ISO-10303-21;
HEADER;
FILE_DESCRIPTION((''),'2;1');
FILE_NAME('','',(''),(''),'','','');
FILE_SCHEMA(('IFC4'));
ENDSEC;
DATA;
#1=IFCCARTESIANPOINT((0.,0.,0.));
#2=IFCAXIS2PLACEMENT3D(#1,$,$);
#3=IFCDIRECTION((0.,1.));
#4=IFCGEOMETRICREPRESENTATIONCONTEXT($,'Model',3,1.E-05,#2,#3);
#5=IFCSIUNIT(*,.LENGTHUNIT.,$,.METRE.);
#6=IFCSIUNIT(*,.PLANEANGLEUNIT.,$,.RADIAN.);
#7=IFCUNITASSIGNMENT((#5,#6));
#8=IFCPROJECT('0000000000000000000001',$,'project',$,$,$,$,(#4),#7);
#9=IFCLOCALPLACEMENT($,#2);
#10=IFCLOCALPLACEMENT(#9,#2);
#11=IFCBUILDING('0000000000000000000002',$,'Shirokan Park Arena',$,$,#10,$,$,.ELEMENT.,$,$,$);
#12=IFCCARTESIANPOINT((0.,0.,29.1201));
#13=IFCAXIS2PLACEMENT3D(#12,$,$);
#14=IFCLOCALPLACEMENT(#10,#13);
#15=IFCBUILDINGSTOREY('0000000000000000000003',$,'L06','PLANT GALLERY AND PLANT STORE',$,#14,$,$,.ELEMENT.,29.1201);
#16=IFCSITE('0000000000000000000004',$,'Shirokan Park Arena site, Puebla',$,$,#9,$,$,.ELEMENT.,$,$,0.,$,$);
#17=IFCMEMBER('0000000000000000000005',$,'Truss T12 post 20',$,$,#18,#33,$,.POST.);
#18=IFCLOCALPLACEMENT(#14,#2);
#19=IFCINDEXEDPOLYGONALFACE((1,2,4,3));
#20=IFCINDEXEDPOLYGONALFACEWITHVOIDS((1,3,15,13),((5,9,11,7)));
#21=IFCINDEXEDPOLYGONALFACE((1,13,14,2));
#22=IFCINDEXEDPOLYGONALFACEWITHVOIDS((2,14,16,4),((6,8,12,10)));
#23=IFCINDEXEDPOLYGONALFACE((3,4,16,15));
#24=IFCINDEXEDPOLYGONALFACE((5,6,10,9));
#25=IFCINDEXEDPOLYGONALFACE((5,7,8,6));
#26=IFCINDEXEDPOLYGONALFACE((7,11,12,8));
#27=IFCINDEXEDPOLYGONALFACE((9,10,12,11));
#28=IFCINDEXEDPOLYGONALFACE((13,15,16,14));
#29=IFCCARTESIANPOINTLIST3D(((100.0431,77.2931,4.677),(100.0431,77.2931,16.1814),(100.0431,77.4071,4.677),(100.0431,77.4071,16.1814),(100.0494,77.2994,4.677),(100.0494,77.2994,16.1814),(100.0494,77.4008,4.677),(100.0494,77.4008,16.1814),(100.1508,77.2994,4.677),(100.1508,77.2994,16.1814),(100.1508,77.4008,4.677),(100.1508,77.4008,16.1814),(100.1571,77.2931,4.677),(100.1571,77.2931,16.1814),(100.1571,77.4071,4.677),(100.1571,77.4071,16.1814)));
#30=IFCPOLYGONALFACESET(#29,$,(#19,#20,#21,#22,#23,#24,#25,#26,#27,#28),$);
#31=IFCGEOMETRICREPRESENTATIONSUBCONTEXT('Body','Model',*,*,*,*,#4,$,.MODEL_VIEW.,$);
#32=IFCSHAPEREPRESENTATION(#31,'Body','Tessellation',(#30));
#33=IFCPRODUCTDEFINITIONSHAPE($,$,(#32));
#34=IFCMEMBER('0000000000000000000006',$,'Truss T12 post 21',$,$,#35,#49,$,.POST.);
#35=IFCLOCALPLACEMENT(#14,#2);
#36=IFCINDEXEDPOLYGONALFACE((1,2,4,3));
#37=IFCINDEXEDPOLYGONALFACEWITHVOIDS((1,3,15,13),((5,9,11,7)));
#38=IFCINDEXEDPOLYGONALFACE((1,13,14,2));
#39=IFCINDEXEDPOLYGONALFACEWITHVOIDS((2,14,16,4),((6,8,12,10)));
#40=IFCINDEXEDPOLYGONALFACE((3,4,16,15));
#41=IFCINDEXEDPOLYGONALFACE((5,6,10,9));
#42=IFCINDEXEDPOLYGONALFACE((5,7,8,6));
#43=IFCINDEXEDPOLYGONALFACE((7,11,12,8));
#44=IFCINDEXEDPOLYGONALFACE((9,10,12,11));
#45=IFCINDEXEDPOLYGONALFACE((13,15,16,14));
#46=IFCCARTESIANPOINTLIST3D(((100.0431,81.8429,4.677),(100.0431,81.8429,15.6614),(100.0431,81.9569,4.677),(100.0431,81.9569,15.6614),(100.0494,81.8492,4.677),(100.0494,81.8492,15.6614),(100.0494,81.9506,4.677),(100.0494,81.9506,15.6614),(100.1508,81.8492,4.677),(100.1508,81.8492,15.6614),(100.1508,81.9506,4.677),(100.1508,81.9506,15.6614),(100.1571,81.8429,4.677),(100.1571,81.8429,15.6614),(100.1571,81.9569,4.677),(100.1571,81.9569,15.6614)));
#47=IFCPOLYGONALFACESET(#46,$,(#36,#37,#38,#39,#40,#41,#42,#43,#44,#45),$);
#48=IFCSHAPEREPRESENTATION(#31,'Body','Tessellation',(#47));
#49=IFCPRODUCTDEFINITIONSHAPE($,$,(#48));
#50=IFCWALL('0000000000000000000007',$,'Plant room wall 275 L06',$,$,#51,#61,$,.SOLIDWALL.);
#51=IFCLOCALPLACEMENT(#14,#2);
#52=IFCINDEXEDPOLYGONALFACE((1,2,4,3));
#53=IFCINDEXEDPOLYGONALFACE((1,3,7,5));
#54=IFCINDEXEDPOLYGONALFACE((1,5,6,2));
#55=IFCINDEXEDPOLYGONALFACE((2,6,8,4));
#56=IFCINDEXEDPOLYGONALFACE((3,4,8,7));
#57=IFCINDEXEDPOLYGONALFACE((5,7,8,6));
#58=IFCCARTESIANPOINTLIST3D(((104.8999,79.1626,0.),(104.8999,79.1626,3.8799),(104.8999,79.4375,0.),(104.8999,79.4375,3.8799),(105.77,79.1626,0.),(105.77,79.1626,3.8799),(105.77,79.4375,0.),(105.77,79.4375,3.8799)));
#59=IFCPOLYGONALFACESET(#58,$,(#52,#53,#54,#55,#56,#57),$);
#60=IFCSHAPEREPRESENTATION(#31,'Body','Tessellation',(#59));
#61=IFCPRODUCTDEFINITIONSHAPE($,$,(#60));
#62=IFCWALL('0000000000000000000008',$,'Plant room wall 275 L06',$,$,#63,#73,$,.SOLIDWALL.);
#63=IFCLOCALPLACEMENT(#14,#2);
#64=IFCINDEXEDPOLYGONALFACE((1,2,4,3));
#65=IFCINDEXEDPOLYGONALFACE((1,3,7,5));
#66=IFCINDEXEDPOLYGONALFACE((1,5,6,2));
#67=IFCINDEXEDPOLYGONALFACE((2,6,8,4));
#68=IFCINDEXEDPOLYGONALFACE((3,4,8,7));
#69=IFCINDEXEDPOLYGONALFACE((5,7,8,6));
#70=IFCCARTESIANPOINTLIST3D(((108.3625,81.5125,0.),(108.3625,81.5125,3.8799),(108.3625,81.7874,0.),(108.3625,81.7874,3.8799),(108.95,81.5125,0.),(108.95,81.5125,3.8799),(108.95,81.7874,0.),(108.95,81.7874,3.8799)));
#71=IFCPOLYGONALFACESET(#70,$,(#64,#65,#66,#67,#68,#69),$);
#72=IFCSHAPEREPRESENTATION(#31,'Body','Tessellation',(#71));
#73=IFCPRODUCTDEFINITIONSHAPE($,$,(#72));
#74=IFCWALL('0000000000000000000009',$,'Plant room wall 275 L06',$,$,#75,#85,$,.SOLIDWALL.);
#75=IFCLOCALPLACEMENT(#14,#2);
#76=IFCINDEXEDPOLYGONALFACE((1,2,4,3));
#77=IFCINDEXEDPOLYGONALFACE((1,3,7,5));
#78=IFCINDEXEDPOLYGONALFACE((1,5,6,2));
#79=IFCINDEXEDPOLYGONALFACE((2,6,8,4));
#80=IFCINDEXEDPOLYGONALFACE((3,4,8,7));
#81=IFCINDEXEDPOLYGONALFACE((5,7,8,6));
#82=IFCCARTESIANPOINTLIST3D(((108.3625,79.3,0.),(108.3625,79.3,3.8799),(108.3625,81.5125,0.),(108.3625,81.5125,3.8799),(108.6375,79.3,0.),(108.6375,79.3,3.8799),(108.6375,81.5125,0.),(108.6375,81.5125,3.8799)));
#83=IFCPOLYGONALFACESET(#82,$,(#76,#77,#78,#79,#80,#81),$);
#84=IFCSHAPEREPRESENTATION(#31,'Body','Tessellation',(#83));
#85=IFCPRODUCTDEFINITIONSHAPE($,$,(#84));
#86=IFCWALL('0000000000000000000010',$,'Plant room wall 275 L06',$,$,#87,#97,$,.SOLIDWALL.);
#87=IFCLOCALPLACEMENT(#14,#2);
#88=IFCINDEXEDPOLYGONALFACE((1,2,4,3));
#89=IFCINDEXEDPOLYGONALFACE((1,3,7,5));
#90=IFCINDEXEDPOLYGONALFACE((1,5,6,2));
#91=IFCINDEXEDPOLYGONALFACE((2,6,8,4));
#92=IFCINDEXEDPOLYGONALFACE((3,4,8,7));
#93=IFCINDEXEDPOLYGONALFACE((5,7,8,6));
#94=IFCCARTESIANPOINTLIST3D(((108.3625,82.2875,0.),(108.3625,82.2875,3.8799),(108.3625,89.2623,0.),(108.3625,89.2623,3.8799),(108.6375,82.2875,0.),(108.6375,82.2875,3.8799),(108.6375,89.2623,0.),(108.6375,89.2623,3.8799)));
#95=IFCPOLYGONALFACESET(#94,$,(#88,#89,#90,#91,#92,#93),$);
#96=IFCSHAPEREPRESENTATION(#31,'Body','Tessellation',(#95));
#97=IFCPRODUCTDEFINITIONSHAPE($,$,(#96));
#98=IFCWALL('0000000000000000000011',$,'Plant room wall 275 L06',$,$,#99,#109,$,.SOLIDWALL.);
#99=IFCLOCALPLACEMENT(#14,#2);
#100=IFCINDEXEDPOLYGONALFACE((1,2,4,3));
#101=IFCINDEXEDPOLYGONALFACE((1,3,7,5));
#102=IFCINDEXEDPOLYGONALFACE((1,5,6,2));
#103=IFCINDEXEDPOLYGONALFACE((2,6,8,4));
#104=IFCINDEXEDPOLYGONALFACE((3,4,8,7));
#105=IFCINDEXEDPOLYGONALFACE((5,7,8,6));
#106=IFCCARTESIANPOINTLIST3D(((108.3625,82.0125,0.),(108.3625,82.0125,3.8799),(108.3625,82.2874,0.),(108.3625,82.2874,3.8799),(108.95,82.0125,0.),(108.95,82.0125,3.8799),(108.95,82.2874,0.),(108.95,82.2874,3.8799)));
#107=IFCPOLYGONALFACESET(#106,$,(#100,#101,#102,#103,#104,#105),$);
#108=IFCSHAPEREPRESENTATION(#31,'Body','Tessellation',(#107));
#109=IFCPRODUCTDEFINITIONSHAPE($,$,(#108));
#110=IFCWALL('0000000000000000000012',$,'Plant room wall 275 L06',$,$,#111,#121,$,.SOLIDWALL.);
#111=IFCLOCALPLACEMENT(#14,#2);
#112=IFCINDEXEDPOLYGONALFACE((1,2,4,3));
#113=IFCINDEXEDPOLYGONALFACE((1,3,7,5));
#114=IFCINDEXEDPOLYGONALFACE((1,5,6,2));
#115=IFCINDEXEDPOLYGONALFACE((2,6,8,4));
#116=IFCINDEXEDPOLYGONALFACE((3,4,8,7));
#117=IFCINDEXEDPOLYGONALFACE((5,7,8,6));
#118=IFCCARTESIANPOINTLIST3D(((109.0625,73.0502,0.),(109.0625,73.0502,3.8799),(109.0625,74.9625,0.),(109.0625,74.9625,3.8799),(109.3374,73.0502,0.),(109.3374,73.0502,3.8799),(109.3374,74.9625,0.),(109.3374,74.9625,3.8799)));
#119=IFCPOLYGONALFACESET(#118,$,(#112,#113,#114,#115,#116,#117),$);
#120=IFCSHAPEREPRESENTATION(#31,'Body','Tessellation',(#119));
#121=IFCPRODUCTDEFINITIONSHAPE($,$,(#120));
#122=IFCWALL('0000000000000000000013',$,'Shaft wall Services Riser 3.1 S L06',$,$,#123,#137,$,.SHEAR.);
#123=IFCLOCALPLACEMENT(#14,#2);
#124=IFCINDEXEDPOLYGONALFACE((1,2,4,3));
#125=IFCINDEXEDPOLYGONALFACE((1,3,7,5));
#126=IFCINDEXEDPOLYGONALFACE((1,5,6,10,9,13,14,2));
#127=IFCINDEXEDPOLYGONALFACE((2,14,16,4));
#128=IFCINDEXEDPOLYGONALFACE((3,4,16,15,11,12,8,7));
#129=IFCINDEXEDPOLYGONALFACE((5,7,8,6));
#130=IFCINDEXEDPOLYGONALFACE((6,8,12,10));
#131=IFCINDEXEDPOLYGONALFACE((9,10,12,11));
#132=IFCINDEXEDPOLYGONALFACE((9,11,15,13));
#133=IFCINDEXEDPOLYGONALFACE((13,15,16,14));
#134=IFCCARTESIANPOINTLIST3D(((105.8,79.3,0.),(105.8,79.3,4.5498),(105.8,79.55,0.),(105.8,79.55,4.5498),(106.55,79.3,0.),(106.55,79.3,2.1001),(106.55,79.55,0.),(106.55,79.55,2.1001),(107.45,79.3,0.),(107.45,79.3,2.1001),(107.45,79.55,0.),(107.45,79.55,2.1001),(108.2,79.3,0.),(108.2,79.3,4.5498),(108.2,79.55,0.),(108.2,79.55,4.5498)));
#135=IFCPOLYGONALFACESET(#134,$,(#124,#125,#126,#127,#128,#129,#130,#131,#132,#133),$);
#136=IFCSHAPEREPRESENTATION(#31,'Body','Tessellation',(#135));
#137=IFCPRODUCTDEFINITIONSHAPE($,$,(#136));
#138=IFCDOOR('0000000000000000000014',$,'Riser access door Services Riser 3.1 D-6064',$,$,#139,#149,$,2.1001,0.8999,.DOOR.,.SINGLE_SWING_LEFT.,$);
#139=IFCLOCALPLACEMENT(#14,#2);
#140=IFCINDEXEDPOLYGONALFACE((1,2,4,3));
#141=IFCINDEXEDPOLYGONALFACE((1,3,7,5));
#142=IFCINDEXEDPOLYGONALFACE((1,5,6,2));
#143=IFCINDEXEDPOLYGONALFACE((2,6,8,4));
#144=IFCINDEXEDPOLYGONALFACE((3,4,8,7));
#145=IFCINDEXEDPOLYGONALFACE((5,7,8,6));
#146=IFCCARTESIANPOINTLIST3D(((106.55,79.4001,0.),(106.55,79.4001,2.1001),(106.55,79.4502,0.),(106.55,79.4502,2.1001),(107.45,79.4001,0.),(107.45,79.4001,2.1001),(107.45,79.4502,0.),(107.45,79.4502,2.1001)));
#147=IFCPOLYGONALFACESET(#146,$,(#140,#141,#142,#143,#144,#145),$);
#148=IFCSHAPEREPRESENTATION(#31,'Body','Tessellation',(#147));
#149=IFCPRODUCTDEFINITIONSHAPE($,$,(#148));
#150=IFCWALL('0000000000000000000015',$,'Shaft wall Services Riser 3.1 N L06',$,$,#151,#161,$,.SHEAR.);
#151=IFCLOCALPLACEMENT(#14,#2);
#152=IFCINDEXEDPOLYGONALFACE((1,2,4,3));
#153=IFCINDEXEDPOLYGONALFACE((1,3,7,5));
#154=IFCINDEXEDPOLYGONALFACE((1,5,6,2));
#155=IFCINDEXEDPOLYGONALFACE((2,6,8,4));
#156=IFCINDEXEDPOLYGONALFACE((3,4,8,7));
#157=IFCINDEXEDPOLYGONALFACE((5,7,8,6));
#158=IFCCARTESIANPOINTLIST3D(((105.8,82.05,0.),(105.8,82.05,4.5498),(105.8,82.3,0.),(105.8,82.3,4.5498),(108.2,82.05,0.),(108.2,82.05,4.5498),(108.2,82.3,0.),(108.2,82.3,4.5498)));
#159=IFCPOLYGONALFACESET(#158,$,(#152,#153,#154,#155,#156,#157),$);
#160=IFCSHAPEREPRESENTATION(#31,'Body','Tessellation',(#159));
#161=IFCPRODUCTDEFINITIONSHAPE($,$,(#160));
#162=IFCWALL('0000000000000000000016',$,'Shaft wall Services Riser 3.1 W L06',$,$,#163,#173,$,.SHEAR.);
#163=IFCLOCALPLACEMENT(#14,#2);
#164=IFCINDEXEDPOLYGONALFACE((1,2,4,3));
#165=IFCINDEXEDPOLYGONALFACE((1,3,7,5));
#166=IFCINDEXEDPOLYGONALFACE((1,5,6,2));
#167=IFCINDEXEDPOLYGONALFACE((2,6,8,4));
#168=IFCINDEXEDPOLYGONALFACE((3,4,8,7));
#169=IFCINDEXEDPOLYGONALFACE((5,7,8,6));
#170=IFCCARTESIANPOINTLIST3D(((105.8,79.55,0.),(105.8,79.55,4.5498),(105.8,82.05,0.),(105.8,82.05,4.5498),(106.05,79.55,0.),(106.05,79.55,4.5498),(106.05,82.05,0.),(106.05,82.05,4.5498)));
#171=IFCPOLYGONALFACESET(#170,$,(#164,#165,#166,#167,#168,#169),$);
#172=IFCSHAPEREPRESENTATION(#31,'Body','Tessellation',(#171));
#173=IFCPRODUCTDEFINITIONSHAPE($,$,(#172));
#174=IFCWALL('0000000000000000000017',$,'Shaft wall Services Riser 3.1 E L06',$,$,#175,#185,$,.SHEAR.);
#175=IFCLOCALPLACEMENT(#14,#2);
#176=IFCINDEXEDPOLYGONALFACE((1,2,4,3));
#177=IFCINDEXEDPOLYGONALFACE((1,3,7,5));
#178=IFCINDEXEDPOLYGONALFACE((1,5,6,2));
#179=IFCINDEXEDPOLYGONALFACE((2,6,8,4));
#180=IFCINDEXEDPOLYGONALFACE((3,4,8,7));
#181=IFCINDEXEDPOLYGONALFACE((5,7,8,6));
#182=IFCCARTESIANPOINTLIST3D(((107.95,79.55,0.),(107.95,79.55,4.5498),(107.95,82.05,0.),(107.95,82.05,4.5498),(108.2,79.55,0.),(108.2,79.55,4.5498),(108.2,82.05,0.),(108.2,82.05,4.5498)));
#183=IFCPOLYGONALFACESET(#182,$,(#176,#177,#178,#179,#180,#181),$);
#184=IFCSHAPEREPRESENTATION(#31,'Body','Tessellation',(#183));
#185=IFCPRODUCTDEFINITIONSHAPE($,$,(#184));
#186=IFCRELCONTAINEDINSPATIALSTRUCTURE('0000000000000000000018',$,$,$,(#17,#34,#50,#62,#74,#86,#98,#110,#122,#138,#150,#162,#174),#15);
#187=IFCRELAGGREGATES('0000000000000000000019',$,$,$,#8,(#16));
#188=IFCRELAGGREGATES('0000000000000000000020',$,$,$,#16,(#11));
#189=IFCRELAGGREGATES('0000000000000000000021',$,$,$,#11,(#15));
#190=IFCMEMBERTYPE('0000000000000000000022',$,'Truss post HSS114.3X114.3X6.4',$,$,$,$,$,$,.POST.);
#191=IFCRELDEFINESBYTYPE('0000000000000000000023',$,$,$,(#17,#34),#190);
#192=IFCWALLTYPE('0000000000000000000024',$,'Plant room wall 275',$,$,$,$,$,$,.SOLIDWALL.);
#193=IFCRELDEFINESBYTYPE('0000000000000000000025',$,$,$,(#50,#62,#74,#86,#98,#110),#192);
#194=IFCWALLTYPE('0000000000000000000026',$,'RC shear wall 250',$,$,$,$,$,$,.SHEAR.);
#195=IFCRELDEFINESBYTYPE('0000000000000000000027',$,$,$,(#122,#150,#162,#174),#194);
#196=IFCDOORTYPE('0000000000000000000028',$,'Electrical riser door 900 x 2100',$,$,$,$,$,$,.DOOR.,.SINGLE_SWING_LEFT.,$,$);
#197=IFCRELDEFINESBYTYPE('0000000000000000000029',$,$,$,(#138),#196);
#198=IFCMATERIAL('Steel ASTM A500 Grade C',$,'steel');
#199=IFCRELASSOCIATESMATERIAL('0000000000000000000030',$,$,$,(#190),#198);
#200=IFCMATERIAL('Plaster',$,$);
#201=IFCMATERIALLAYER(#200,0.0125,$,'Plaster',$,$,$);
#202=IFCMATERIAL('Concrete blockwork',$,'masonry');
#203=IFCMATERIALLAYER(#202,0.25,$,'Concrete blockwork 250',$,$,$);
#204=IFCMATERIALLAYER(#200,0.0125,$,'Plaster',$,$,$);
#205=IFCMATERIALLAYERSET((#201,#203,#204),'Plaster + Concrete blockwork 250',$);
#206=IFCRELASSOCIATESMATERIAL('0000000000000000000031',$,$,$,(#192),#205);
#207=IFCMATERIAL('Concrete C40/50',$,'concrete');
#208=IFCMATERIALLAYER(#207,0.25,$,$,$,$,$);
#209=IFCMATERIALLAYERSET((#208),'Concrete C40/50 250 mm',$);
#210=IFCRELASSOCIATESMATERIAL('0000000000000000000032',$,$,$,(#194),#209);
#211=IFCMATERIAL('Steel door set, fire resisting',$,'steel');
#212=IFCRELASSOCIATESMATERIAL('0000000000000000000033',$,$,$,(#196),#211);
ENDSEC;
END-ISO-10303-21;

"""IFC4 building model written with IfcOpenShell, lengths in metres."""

from ifc_helpers import new_model, si_unit, direction, frame, frame_2d, origin, origin_2d, place, context, subcontext, project, spatial, rectangle, hollow_rectangle, extrude, material, layer, layer_set, material_profile, profile_set, type_object, element, fill, save


model = new_model("IFC4")

# Units and contexts
model_context = context("Model", 3, precision=1e-05, world=origin(), true_north=direction((0.0, 1.0)))
body_context = subcontext(model_context, "Body", "Model", "MODEL_VIEW")
ifc_project = project(units=[si_unit("LENGTHUNIT", "METRE"), si_unit("PLANEANGLEUNIT", "RADIAN")], contexts=[model_context])

# Site, building, storey
site_placement = place(None, origin())
site = spatial("IfcSite", under=ifc_project, at=site_placement, Name="Shirokan Park Arena site, Puebla", CompositionType="ELEMENT", RefElevation=0.0)
building_placement = place(site_placement, origin())
building = spatial("IfcBuilding", under=site, at=building_placement, Name="Shirokan Park Arena", CompositionType="ELEMENT")
storey_placement = place(building_placement, frame((0.0, 0.0, 29.1201)))
storey = spatial("IfcBuildingStorey", under=building, at=storey_placement, Name="L06", Description="PLANT GALLERY AND PLANT STORE", CompositionType="ELEMENT", Elevation=29.1201)

# Shared definitions
ifc_material_1 = material(Name="Steel ASTM A500 Grade C", Category="steel")

# Members
ifc_material_profile_1 = material_profile(ifc_material_1, hollow_rectangle(XDim=0.114, YDim=0.114, WallThickness=0.0063, at=origin_2d()), Name="HSS114.3X114.3X6.4")
ifc_profile_set_1 = profile_set([ifc_material_profile_1], Name="Steel ASTM A500 Grade C")
member_type_1 = type_object("IfcMemberType", Name="Truss post HSS114.3X114.3X6.4", PredefinedType="POST", material=ifc_profile_set_1)
member_1_placement = place(storey_placement, frame((100.1001, 77.3501, 4.677), z_axis=(0.0, 0.0, 1.0), x_axis=(1.0, 0.0, 0.0)))
element("IfcMember", 1, at=member_1_placement, inside=storey, type_object=member_type_1, Name="Truss T12 post 20", PredefinedType="POST", context=body_context, shape_type="SweptSolid", body=[
    extrude(hollow_rectangle(XDim=0.114, YDim=0.114, WallThickness=0.0063, at=origin_2d()), origin(), (0.0, 0.0, 1.0), 11.5044),
])
member_2_placement = place(storey_placement, frame((100.1001, 81.8999, 4.677), z_axis=(0.0, 0.0, 1.0), x_axis=(1.0, 0.0, 0.0)))
element("IfcMember", 2, at=member_2_placement, inside=storey, type_object=member_type_1, Name="Truss T12 post 21", PredefinedType="POST", context=body_context, shape_type="SweptSolid", body=[
    extrude(hollow_rectangle(XDim=0.114, YDim=0.114, WallThickness=0.0063, at=origin_2d()), origin(), (0.0, 0.0, 1.0), 10.9844),
])

# Shared definitions
ifc_material_2 = material(Name="Plaster")
ifc_layer_1 = layer(ifc_material_2, 0.0125, Name="Plaster")
ifc_material_3 = material(Name="Concrete blockwork", Category="masonry")
ifc_layer_2 = layer(ifc_material_3, 0.25, Name="Concrete blockwork 250")
ifc_layer_3 = layer(ifc_material_2, 0.0125, Name="Plaster")
ifc_layer_set_1 = layer_set([ifc_layer_1, ifc_layer_2, ifc_layer_3], Name="Plaster + Concrete blockwork 250")
wall_type_1 = type_object("IfcWallType", Name="Plant room wall 275", PredefinedType="SOLIDWALL", material=ifc_layer_set_1)

# Walls
wall_1_placement = place(storey_placement, frame((105.77, 79.3, 0.0), z_axis=(0.0, 0.0, 1.0), x_axis=(-1.0, 0.0, 0.0)))
element("IfcWall", 3, at=wall_1_placement, inside=storey, type_object=wall_type_1, Name="Plant room wall 275 L06", PredefinedType="SOLIDWALL", context=body_context, shape_type="SweptSolid", body=[
    extrude(rectangle(XDim=0.8701, YDim=0.2749, at=frame_2d((0.4351, 0.0))), origin(), (0.0, 0.0, 1.0), 3.8799),
])
wall_2_placement = place(storey_placement, frame((108.3625, 81.6499, 0.0), z_axis=(0.0, 0.0, 1.0), x_axis=(1.0, 0.0, 0.0)))
element("IfcWall", 4, at=wall_2_placement, inside=storey, type_object=wall_type_1, Name="Plant room wall 275 L06", PredefinedType="SOLIDWALL", context=body_context, shape_type="SweptSolid", body=[
    extrude(rectangle(XDim=0.5874, YDim=0.2749, at=frame_2d((0.2937, 0.0))), origin(), (0.0, 0.0, 1.0), 3.8799),
])
wall_3_placement = place(storey_placement, frame((108.5, 79.3, 0.0), z_axis=(0.0, 0.0, 1.0), x_axis=(0.0, 1.0, 0.0)))
element("IfcWall", 5, at=wall_3_placement, inside=storey, type_object=wall_type_1, Name="Plant room wall 275 L06", PredefinedType="SOLIDWALL", context=body_context, shape_type="SweptSolid", body=[
    extrude(rectangle(XDim=2.2124, YDim=0.2749, at=frame_2d((1.1062, 0.0))), origin(), (0.0, 0.0, 1.0), 3.8799),
])
wall_4_placement = place(storey_placement, frame((108.5, 82.2876, 0.0), z_axis=(0.0, 0.0, 1.0), x_axis=(0.0, 1.0, 0.0)))
element("IfcWall", 6, at=wall_4_placement, inside=storey, type_object=wall_type_1, Name="Plant room wall 275 L06", PredefinedType="SOLIDWALL", context=body_context, shape_type="SweptSolid", body=[
    extrude(rectangle(XDim=6.9749, YDim=0.2749, at=frame_2d((3.4873, 0.0))), origin(), (0.0, 0.0, 1.0), 3.8799),
])
wall_5_placement = place(storey_placement, frame((108.95, 82.1499, 0.0), z_axis=(0.0, 0.0, 1.0), x_axis=(-1.0, 0.0, 0.0)))
element("IfcWall", 7, at=wall_5_placement, inside=storey, type_object=wall_type_1, Name="Plant room wall 275 L06", PredefinedType="SOLIDWALL", context=body_context, shape_type="SweptSolid", body=[
    extrude(rectangle(XDim=0.5874, YDim=0.2749, at=frame_2d((0.2937, 0.0))), origin(), (0.0, 0.0, 1.0), 3.8799),
])
wall_6_placement = place(storey_placement, frame((109.2, 74.9624, 0.0), z_axis=(0.0, 0.0, 1.0), x_axis=(0.0, -1.0, 0.0)))
element("IfcWall", 8, at=wall_6_placement, inside=storey, type_object=wall_type_1, Name="Plant room wall 275 L06", PredefinedType="SOLIDWALL", context=body_context, shape_type="SweptSolid", body=[
    extrude(rectangle(XDim=1.9124, YDim=0.2749, at=frame_2d((0.9561, 0.0))), origin(), (0.0, 0.0, 1.0), 3.8799),
])

# Wall, opening, door
ifc_material_4 = material(Name="Concrete C40/50", Category="concrete")
ifc_layer_4 = layer(ifc_material_4, 0.25)
ifc_layer_set_2 = layer_set([ifc_layer_4], Name="Concrete C40/50 250 mm")
wall_type_2 = type_object("IfcWallType", Name="RC shear wall 250", PredefinedType="SHEAR", material=ifc_layer_set_2)
wall_7_placement = place(storey_placement, frame((108.2, 79.425, 0.0), z_axis=(0.0, 0.0, 1.0), x_axis=(-1.0, 0.0, 0.0)))
wall_7 = element("IfcWall", 9, at=wall_7_placement, inside=storey, type_object=wall_type_2, Name="Shaft wall Services Riser 3.1 S L06", PredefinedType="SHEAR", context=body_context, shape_type="SweptSolid", body=[
    extrude(rectangle(XDim=2.3999, YDim=0.25, at=frame_2d((1.2, 0.0))), origin(), (0.0, 0.0, 1.0), 4.5498),
])
opening_1_placement = place(wall_7_placement, frame((0.75, 0.0, 0.0)))
opening_1 = element("IfcOpeningElement", 10, at=opening_1_placement, cuts=wall_7, PredefinedType="OPENING", context=body_context, shape_type="SweptSolid", body=[
    extrude(rectangle(XDim=0.8999, YDim=2.1001, at=frame_2d((0.45, 1.05))), frame((0.0, 0.135, 0.0), z_axis=(0.0, -1.0, 0.0), x_axis=(1.0, 0.0, 0.0)), (0.0, 0.0, 1.0), 0.27),
])
ifc_material_5 = material(Name="Steel door set, fire resisting", Category="steel")
door_type_1 = type_object("IfcDoorType", Name="Electrical riser door 900 x 2100", OperationType="SINGLE_SWING_LEFT", PredefinedType="DOOR", material=ifc_material_5)
door_1_placement = place(opening_1_placement, origin())
door_1 = element("IfcDoor", 11, at=door_1_placement, inside=storey, type_object=door_type_1, Name="Riser access door Services Riser 3.1 D-6064", OperationType="SINGLE_SWING_LEFT", OverallHeight=2.1001, OverallWidth=0.8999, PredefinedType="DOOR", context=body_context, shape_type="SweptSolid", body=[
    extrude(rectangle(XDim=0.8999, YDim=2.1001, at=frame_2d((0.45, 1.05))), frame((0.0, 0.0249, 0.0), z_axis=(0.0, -1.0, 0.0), x_axis=(1.0, 0.0, 0.0)), (0.0, 0.0, 1.0), 0.05),
])
fill(opening_1, door_1)

# Walls
wall_8_placement = place(storey_placement, frame((108.2, 82.175, 0.0), z_axis=(0.0, 0.0, 1.0), x_axis=(-1.0, 0.0, 0.0)))
element("IfcWall", 12, at=wall_8_placement, inside=storey, type_object=wall_type_2, Name="Shaft wall Services Riser 3.1 N L06", PredefinedType="SHEAR", context=body_context, shape_type="SweptSolid", body=[
    extrude(rectangle(XDim=2.3999, YDim=0.25, at=frame_2d((1.2, 0.0))), origin(), (0.0, 0.0, 1.0), 4.5498),
])
for number, where, z_axis, x_axis, name in (
    (13, (105.925, 82.05, 0.0), (0.0, 0.0, 1.0), (0.0, -1.0, 0.0), "Shaft wall Services Riser 3.1 W L06"),
    (14, (108.075, 82.05, 0.0), (0.0, 0.0, 1.0), (0.0, -1.0, 0.0), "Shaft wall Services Riser 3.1 E L06"),
):
    element("IfcWall", number, at=place(storey_placement, frame(where, z_axis=z_axis, x_axis=x_axis)), inside=storey, type_object=wall_type_2, Name=name, PredefinedType="SHEAR", context=body_context, shape_type="SweptSolid", body=[
        extrude(rectangle(XDim=2.5, YDim=0.25, at=frame_2d((1.25, 0.0))), origin(), (0.0, 0.0, 1.0), 4.5498),
    ])

save(model, "model.ifc")
